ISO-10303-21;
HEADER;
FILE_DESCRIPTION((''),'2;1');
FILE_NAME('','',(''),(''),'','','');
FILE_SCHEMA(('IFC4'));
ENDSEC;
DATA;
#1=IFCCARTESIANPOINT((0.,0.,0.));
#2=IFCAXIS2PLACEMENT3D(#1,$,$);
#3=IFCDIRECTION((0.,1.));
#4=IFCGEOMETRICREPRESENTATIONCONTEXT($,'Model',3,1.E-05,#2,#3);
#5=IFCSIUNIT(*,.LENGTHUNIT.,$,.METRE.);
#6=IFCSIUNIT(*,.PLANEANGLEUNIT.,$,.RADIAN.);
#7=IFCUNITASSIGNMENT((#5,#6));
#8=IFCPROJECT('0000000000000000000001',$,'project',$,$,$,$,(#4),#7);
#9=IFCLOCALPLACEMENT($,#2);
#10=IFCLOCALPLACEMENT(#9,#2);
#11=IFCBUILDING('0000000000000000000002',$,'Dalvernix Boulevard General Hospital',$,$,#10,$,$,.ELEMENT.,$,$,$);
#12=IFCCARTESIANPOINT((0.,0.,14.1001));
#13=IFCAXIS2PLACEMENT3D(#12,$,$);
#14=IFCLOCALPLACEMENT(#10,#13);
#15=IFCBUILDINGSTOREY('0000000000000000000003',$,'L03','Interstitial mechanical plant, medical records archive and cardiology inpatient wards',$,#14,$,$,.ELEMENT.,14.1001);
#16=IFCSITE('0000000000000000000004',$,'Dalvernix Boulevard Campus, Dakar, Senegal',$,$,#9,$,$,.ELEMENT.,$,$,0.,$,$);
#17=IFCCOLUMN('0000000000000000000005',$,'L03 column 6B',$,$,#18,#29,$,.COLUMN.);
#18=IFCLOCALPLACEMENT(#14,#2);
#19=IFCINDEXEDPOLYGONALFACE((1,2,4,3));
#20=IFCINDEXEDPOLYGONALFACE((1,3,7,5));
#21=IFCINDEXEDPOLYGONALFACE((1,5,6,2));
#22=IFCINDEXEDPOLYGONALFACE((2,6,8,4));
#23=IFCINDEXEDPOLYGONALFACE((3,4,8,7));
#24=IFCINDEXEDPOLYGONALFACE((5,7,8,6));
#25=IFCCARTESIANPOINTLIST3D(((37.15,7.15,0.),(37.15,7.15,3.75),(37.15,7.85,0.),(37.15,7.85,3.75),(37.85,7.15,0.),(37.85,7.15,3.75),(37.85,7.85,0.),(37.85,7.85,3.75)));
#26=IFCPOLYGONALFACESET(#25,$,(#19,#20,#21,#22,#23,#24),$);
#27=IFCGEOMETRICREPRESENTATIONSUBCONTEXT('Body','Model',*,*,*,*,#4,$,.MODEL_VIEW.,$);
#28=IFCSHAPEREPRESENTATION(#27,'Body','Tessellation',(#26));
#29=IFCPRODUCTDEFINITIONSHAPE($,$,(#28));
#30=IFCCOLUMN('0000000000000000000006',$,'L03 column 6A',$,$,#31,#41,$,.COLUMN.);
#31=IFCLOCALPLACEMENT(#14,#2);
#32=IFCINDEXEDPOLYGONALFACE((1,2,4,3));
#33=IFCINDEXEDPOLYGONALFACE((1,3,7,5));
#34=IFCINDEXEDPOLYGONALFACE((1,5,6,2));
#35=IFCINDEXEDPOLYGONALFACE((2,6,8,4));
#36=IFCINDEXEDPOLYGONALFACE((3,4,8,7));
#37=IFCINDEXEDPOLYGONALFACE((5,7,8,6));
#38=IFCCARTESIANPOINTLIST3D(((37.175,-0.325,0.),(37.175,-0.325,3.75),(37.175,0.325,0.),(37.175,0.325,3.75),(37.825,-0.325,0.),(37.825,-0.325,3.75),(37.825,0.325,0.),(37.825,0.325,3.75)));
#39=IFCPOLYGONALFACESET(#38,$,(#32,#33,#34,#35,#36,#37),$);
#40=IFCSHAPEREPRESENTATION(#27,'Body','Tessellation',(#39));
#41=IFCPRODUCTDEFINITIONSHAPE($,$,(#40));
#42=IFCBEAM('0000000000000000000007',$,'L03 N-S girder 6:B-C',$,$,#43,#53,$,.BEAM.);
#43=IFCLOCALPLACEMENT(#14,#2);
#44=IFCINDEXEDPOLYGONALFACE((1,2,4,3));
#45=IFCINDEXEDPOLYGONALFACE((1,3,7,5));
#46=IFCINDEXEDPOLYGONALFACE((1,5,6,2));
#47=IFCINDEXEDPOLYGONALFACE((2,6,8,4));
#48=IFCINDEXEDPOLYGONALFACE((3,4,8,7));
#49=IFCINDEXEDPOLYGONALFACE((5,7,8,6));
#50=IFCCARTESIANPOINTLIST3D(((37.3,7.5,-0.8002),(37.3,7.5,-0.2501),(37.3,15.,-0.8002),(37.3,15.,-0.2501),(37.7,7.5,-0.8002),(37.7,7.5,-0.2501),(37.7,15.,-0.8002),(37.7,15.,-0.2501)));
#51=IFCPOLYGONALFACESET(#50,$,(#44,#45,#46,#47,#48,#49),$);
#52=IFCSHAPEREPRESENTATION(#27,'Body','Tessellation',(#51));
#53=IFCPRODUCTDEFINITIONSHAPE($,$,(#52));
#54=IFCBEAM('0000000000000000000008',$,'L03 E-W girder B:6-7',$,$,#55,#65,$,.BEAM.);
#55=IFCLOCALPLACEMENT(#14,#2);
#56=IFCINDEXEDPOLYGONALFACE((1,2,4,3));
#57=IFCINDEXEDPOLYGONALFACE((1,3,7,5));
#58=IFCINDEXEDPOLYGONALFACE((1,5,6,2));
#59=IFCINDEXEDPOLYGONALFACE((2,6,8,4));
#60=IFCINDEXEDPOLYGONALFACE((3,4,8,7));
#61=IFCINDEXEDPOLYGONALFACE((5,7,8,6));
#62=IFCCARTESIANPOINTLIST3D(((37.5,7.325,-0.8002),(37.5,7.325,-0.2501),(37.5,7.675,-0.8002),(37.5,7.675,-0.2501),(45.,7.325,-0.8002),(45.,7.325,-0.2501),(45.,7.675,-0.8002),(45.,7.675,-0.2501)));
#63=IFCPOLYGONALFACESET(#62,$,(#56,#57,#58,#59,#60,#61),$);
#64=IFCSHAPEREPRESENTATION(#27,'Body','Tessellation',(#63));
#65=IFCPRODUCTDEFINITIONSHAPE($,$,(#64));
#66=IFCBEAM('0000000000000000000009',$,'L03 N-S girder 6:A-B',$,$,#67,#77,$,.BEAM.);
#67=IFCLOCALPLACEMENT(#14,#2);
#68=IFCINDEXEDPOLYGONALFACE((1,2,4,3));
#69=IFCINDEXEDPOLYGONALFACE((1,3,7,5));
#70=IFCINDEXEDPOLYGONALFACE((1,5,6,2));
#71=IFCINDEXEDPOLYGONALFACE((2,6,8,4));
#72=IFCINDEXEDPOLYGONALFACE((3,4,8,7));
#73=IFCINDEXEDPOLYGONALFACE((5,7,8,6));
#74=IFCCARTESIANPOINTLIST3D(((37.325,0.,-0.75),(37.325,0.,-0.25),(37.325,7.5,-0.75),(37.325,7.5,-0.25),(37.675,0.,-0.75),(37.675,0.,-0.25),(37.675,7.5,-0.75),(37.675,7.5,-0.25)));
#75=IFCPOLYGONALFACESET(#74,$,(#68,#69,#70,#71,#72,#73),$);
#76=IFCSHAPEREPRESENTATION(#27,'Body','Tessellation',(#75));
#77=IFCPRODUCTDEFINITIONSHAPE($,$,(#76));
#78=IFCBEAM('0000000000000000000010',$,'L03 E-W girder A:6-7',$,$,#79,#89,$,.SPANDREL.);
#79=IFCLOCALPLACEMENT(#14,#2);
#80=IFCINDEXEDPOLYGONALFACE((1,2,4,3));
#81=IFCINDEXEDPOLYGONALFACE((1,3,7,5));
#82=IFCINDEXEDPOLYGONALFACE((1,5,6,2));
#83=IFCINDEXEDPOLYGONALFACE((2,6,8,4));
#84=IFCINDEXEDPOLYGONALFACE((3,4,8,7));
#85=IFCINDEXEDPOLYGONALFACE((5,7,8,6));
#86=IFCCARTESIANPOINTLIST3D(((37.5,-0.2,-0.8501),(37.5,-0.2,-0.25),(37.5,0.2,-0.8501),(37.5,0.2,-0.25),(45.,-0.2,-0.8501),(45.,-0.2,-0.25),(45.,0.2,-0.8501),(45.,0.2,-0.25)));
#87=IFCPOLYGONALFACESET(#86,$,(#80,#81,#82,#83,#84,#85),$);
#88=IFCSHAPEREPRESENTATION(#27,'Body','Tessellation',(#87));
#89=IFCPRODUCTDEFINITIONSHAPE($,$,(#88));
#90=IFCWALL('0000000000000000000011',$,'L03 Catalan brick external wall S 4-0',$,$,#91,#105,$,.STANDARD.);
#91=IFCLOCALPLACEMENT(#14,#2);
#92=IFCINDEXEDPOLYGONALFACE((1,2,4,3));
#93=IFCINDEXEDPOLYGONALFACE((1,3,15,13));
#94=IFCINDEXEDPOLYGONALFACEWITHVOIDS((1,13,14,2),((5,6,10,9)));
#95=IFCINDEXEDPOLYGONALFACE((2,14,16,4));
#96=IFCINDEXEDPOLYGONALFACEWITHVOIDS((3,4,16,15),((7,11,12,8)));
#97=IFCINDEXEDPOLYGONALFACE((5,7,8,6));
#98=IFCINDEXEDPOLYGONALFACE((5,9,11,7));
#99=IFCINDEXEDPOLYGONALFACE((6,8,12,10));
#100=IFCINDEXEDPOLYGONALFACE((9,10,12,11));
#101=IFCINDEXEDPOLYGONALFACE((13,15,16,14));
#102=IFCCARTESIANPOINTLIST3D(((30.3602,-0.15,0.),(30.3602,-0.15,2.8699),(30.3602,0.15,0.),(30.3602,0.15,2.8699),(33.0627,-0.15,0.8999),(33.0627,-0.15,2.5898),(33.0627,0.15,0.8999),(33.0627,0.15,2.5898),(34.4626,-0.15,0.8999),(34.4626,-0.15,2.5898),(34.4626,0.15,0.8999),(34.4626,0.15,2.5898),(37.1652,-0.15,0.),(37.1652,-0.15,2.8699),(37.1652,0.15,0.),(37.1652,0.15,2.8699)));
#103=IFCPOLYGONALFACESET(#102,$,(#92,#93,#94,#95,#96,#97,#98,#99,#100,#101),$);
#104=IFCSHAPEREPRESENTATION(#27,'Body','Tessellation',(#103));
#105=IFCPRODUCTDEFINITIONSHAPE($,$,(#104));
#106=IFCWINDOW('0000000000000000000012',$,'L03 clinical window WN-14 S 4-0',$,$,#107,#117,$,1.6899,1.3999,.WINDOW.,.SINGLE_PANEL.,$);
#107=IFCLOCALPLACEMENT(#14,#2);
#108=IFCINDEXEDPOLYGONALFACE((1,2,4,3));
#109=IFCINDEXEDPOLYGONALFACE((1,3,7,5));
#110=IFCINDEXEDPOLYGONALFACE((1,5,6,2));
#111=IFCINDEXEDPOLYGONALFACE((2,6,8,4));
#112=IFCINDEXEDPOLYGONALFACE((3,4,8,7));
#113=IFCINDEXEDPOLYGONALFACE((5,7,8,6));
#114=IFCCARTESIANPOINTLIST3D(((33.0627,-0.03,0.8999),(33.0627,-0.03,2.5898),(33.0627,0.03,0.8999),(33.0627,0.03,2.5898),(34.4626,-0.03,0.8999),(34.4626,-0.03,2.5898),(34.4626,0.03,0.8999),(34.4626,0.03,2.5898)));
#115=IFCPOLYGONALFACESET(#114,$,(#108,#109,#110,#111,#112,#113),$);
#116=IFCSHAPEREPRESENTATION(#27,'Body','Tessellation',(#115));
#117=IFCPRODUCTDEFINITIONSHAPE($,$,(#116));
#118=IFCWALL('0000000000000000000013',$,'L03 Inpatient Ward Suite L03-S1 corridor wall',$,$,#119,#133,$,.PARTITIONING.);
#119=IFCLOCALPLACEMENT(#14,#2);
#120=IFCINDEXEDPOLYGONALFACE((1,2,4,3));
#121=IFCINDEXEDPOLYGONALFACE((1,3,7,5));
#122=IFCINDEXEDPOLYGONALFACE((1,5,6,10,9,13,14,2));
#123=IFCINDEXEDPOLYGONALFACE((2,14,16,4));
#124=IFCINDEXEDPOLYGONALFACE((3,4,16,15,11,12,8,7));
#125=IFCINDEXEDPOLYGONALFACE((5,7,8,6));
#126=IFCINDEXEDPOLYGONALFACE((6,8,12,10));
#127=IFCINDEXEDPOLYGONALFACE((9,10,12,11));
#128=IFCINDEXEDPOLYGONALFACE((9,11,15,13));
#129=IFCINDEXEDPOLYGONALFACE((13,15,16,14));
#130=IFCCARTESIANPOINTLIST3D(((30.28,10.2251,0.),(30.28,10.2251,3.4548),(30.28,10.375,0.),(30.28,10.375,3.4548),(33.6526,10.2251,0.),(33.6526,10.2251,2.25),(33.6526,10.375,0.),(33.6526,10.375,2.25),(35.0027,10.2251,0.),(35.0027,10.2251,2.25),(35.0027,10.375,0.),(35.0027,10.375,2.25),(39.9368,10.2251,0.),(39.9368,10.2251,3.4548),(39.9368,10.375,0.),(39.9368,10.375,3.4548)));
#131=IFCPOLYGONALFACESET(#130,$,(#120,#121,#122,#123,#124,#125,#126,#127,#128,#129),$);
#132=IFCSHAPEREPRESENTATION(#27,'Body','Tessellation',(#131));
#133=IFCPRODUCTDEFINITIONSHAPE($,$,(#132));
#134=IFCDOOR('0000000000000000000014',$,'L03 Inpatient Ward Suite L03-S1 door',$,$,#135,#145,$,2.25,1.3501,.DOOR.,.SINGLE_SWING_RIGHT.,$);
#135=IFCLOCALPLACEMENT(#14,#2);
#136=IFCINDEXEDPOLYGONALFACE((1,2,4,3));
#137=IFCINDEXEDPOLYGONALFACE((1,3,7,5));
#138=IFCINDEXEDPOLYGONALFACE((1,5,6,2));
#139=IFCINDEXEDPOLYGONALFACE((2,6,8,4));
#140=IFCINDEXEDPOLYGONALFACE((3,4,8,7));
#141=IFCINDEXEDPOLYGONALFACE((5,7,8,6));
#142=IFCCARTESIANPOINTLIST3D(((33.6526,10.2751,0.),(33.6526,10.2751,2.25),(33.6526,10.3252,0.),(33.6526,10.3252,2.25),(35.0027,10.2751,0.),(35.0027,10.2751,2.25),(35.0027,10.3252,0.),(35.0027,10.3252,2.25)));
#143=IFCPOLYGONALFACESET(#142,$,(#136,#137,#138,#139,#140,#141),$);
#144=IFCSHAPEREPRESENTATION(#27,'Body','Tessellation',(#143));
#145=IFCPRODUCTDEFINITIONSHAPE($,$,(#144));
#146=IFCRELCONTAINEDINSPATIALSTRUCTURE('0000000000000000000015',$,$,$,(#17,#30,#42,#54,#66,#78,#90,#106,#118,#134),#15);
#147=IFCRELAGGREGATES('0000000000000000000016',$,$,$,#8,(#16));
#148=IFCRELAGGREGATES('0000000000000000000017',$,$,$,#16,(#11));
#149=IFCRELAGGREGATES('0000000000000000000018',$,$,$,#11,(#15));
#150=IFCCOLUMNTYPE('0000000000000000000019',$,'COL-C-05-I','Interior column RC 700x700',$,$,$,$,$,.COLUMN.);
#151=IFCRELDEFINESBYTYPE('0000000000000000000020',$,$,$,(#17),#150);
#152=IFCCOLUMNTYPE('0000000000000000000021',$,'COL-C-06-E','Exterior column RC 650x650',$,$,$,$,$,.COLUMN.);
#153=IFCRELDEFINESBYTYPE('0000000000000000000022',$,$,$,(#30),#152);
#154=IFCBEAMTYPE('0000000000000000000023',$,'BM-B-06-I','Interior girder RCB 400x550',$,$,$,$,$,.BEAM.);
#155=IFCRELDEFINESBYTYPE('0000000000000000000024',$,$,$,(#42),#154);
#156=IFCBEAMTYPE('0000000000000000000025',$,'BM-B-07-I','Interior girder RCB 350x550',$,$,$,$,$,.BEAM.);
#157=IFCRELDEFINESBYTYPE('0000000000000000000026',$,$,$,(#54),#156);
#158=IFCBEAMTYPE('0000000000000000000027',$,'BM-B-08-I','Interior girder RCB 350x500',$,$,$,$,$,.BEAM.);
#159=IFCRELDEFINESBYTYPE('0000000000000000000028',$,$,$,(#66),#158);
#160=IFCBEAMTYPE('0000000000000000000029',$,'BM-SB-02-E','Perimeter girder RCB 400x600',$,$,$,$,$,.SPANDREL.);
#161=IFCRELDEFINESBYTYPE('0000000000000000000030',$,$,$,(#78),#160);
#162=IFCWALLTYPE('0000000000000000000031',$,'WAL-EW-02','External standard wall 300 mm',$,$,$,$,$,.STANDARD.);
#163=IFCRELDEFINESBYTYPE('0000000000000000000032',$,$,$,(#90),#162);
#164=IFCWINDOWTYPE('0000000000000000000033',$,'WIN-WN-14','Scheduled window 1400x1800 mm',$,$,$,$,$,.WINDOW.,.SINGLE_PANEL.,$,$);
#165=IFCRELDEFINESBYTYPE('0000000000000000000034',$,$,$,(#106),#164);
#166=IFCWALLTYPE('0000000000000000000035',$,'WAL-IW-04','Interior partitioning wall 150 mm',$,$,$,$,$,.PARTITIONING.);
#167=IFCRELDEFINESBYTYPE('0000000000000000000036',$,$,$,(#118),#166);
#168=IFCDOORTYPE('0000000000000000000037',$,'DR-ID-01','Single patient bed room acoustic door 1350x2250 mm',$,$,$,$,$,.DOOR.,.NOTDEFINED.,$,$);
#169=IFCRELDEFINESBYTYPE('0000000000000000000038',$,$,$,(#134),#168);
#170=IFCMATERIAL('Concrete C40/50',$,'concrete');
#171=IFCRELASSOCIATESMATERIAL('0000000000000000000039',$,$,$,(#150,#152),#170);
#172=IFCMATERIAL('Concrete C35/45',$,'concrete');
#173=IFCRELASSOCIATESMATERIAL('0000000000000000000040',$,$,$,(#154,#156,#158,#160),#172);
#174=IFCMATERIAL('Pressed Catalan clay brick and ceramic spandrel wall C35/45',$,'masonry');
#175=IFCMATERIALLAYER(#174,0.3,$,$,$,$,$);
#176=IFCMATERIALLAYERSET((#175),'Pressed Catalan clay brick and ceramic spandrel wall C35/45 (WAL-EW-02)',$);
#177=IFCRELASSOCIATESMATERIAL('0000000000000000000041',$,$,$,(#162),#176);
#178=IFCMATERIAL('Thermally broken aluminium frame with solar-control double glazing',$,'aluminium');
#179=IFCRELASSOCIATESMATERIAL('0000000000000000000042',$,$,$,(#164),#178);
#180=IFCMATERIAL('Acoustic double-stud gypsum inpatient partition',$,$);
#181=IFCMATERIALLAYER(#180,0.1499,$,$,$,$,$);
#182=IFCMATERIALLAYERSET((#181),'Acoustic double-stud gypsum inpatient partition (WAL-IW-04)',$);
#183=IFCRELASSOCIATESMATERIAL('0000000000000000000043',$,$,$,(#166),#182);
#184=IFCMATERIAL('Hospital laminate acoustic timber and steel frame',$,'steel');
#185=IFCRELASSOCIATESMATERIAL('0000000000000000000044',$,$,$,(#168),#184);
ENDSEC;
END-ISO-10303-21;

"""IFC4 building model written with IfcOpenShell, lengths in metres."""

from ifc_helpers import new_model, si_unit, direction, frame, frame_2d, origin, origin_2d, place, context, subcontext, project, spatial, rectangle, extrude, material, layer, layer_set, material_profile, profile_set, type_object, element, fill, save


model = new_model("IFC4")

# Units and contexts
model_context = context("Model", 3, precision=1e-05, world=origin(), true_north=direction((0.0, 1.0)))
body_context = subcontext(model_context, "Body", "Model", "MODEL_VIEW")
ifc_project = project(units=[si_unit("LENGTHUNIT", "METRE"), si_unit("PLANEANGLEUNIT", "RADIAN")], contexts=[model_context])

# Site, building, storey
site_placement = place(None, origin())
site = spatial("IfcSite", under=ifc_project, at=site_placement, Name="Dalvernix Boulevard Campus, Dakar, Senegal", CompositionType="ELEMENT", RefElevation=0.0)
building_placement = place(site_placement, origin())
building = spatial("IfcBuilding", under=site, at=building_placement, Name="Dalvernix Boulevard General Hospital", CompositionType="ELEMENT")
storey_placement = place(building_placement, frame((0.0, 0.0, 14.1001)))
storey = spatial("IfcBuildingStorey", under=building, at=storey_placement, Name="L03", Description="Interstitial mechanical plant, medical records archive and cardiology inpatient wards", CompositionType="ELEMENT", Elevation=14.1001)

# Columns
ifc_material_1 = material(Name="Concrete C40/50", Category="concrete")
ifc_material_profile_1 = material_profile(ifc_material_1, rectangle(XDim=0.7, YDim=0.7, at=origin_2d()), Name="RC 700x700")
ifc_profile_set_1 = profile_set([ifc_material_profile_1], Name="Concrete C40/50")
column_type_1 = type_object("IfcColumnType", Name="COL-C-05-I", Description="Interior column RC 700x700", PredefinedType="COLUMN", material=ifc_profile_set_1)
column_1_placement = place(storey_placement, frame((37.5, 7.5, 0.0), z_axis=(0.0, 0.0, 1.0), x_axis=(1.0, 0.0, 0.0)))
element("IfcColumn", 1, at=column_1_placement, inside=storey, type_object=column_type_1, Name="L03 column 6B", PredefinedType="COLUMN", context=body_context, shape_type="SweptSolid", body=[
    extrude(rectangle(XDim=0.7, YDim=0.7, at=origin_2d()), origin(), (0.0, 0.0, 1.0), 3.75),
])
ifc_material_profile_2 = material_profile(ifc_material_1, rectangle(XDim=0.6499, YDim=0.6499, at=origin_2d()), Name="RC 650x650")
ifc_profile_set_2 = profile_set([ifc_material_profile_2], Name="Concrete C40/50")
column_type_2 = type_object("IfcColumnType", Name="COL-C-06-E", Description="Exterior column RC 650x650", PredefinedType="COLUMN", material=ifc_profile_set_2)
column_2_placement = place(storey_placement, frame((37.5, 0.0, 0.0), z_axis=(0.0, 0.0, 1.0), x_axis=(1.0, 0.0, 0.0)))
element("IfcColumn", 2, at=column_2_placement, inside=storey, type_object=column_type_2, Name="L03 column 6A", PredefinedType="COLUMN", context=body_context, shape_type="SweptSolid", body=[
    extrude(rectangle(XDim=0.6499, YDim=0.6499, at=origin_2d()), origin(), (0.0, 0.0, 1.0), 3.75),
])

# Beams
ifc_material_2 = material(Name="Concrete C35/45", Category="concrete")
ifc_material_profile_3 = material_profile(ifc_material_2, rectangle(XDim=0.3999, YDim=0.55, at=origin_2d()), Name="RCB 400x550")
ifc_profile_set_3 = profile_set([ifc_material_profile_3], Name="Concrete C35/45")
beam_type_1 = type_object("IfcBeamType", Name="BM-B-06-I", Description="Interior girder RCB 400x550", PredefinedType="BEAM", material=ifc_profile_set_3)
beam_1_placement = place(storey_placement, frame((37.5, 7.5, -0.5251), z_axis=(0.0, 1.0, 0.0), x_axis=(-1.0, 0.0, 0.0)))
element("IfcBeam", 3, at=beam_1_placement, inside=storey, type_object=beam_type_1, Name="L03 N-S girder 6:B-C", PredefinedType="BEAM", context=body_context, shape_type="SweptSolid", body=[
    extrude(rectangle(XDim=0.3999, YDim=0.55, at=origin_2d()), origin(), (0.0, 0.0, 1.0), 7.5),
])
ifc_material_profile_4 = material_profile(ifc_material_2, rectangle(XDim=0.3501, YDim=0.55, at=origin_2d()), Name="RCB 350x550")
ifc_profile_set_4 = profile_set([ifc_material_profile_4], Name="Concrete C35/45")
beam_type_2 = type_object("IfcBeamType", Name="BM-B-07-I", Description="Interior girder RCB 350x550", PredefinedType="BEAM", material=ifc_profile_set_4)
beam_2_placement = place(storey_placement, frame((37.5, 7.5, -0.5251), z_axis=(1.0, 0.0, 0.0), x_axis=(0.0, 1.0, 0.0)))
element("IfcBeam", 4, at=beam_2_placement, inside=storey, type_object=beam_type_2, Name="L03 E-W girder B:6-7", PredefinedType="BEAM", context=body_context, shape_type="SweptSolid", body=[
    extrude(rectangle(XDim=0.3501, YDim=0.55, at=origin_2d()), origin(), (0.0, 0.0, 1.0), 7.5),
])
ifc_material_profile_5 = material_profile(ifc_material_2, rectangle(XDim=0.3501, YDim=0.5, at=origin_2d()), Name="RCB 350x500")
ifc_profile_set_5 = profile_set([ifc_material_profile_5], Name="Concrete C35/45")
beam_type_3 = type_object("IfcBeamType", Name="BM-B-08-I", Description="Interior girder RCB 350x500", PredefinedType="BEAM", material=ifc_profile_set_5)
beam_3_placement = place(storey_placement, frame((37.5, 0.0, -0.5), z_axis=(0.0, 1.0, 0.0), x_axis=(-1.0, 0.0, 0.0)))
element("IfcBeam", 5, at=beam_3_placement, inside=storey, type_object=beam_type_3, Name="L03 N-S girder 6:A-B", PredefinedType="BEAM", context=body_context, shape_type="SweptSolid", body=[
    extrude(rectangle(XDim=0.3501, YDim=0.5, at=origin_2d()), origin(), (0.0, 0.0, 1.0), 7.5),
])
ifc_material_profile_6 = material_profile(ifc_material_2, rectangle(XDim=0.3999, YDim=0.6001, at=origin_2d()), Name="RCB 400x600")
ifc_profile_set_6 = profile_set([ifc_material_profile_6], Name="Concrete C35/45")
beam_type_4 = type_object("IfcBeamType", Name="BM-SB-02-E", Description="Perimeter girder RCB 400x600", PredefinedType="SPANDREL", material=ifc_profile_set_6)
beam_4_placement = place(storey_placement, frame((37.5, 0.0, -0.55), z_axis=(1.0, 0.0, 0.0), x_axis=(0.0, 1.0, 0.0)))
element("IfcBeam", 6, at=beam_4_placement, inside=storey, type_object=beam_type_4, Name="L03 E-W girder A:6-7", PredefinedType="SPANDREL", context=body_context, shape_type="SweptSolid", body=[
    extrude(rectangle(XDim=0.3999, YDim=0.6001, at=origin_2d()), origin(), (0.0, 0.0, 1.0), 7.5),
])

# Wall, opening, window
ifc_material_3 = material(Name="Pressed Catalan clay brick and ceramic spandrel wall C35/45", Category="masonry")
ifc_layer_1 = layer(ifc_material_3, 0.3)
ifc_layer_set_1 = layer_set([ifc_layer_1], Name="Pressed Catalan clay brick and ceramic spandrel wall C35/45 (WAL-EW-02)")
wall_type_1 = type_object("IfcWallType", Name="WAL-EW-02", Description="External standard wall 300 mm", PredefinedType="STANDARD", material=ifc_layer_set_1)
wall_1_placement = place(storey_placement, frame((37.165, 0.0, 0.0), z_axis=(0.0, 0.0, 1.0), x_axis=(-1.0, 0.0, 0.0)))
wall_1 = element("IfcWall", 7, at=wall_1_placement, inside=storey, type_object=wall_type_1, Name="L03 Catalan brick external wall S 4-0", PredefinedType="STANDARD", context=body_context, shape_type="SweptSolid", body=[
    extrude(rectangle(XDim=6.8049, YDim=0.3, at=frame_2d((3.4023, 0.0))), origin(), (0.0, 0.0, 1.0), 2.8699),
])
opening_1_placement = place(wall_1_placement, frame((2.7024, 0.0, 0.8999)))
opening_1 = element("IfcOpeningElement", 8, at=opening_1_placement, cuts=wall_1, PredefinedType="OPENING", context=body_context, shape_type="SweptSolid", body=[
    extrude(rectangle(XDim=1.3999, YDim=1.6899, at=frame_2d((0.7, 0.845))), frame((0.0, 0.1599, 0.0), z_axis=(0.0, -1.0, 0.0), x_axis=(1.0, 0.0, 0.0)), (0.0, 0.0, 1.0), 0.3201),
])
ifc_material_4 = material(Name="Thermally broken aluminium frame with solar-control double glazing", Category="aluminium")
window_type = type_object("IfcWindowType", Name="WIN-WN-14", Description="Scheduled window 1400x1800 mm", PartitioningType="SINGLE_PANEL", PredefinedType="WINDOW", material=ifc_material_4)
window_placement = place(opening_1_placement, origin())
window = element("IfcWindow", 9, at=window_placement, inside=storey, type_object=window_type, Name="L03 clinical window WN-14 S 4-0", OverallHeight=1.6899, OverallWidth=1.3999, PartitioningType="SINGLE_PANEL", PredefinedType="WINDOW", context=body_context, shape_type="SweptSolid", body=[
    extrude(rectangle(XDim=1.3999, YDim=1.6899, at=frame_2d((0.7, 0.845))), frame((0.0, 0.03, 0.0), z_axis=(0.0, -1.0, 0.0), x_axis=(1.0, 0.0, 0.0)), (0.0, 0.0, 1.0), 0.0601),
])
fill(opening_1, window)

# Wall, opening, door
ifc_material_5 = material(Name="Acoustic double-stud gypsum inpatient partition")
ifc_layer_2 = layer(ifc_material_5, 0.1499)
ifc_layer_set_2 = layer_set([ifc_layer_2], Name="Acoustic double-stud gypsum inpatient partition (WAL-IW-04)")
wall_type_2 = type_object("IfcWallType", Name="WAL-IW-04", Description="Interior partitioning wall 150 mm", PredefinedType="PARTITIONING", material=ifc_layer_set_2)
wall_2_placement = place(storey_placement, frame((39.9368, 10.3, 0.0), z_axis=(0.0, 0.0, 1.0), x_axis=(-1.0, 0.0, 0.0)))
wall_2 = element("IfcWall", 10, at=wall_2_placement, inside=storey, type_object=wall_type_2, Name="L03 Inpatient Ward Suite L03-S1 corridor wall", PredefinedType="PARTITIONING", context=body_context, shape_type="SweptSolid", body=[
    extrude(rectangle(XDim=9.6567, YDim=0.1499, at=frame_2d((4.8284, 0.0))), origin(), (0.0, 0.0, 1.0), 3.4548),
])
opening_2_placement = place(wall_2_placement, frame((4.9341, 0.0, 0.0)))
opening_2 = element("IfcOpeningElement", 11, at=opening_2_placement, cuts=wall_2, PredefinedType="OPENING", context=body_context, shape_type="SweptSolid", body=[
    extrude(rectangle(XDim=1.3501, YDim=2.25, at=frame_2d((0.675, 1.125))), frame((0.0, 0.085, 0.0), z_axis=(0.0, -1.0, 0.0), x_axis=(1.0, 0.0, 0.0)), (0.0, 0.0, 1.0), 0.1699),
])
ifc_material_6 = material(Name="Hospital laminate acoustic timber and steel frame", Category="steel")
door_type_1 = type_object("IfcDoorType", Name="DR-ID-01", Description="Single patient bed room acoustic door 1350x2250 mm", OperationType="NOTDEFINED", PredefinedType="DOOR", material=ifc_material_6)
door_1_placement = place(opening_2_placement, origin())
door_1 = element("IfcDoor", 12, at=door_1_placement, inside=storey, type_object=door_type_1, Name="L03 Inpatient Ward Suite L03-S1 door", OperationType="SINGLE_SWING_RIGHT", OverallHeight=2.25, OverallWidth=1.3501, PredefinedType="DOOR", context=body_context, shape_type="SweptSolid", body=[
    extrude(rectangle(XDim=1.3501, YDim=2.25, at=frame_2d((0.675, 1.125))), frame((0.0, 0.0249, 0.0), z_axis=(0.0, -1.0, 0.0), x_axis=(1.0, 0.0, 0.0)), (0.0, 0.0, 1.0), 0.05),
])
fill(opening_2, door_1)

save(model, "model.ifc")
